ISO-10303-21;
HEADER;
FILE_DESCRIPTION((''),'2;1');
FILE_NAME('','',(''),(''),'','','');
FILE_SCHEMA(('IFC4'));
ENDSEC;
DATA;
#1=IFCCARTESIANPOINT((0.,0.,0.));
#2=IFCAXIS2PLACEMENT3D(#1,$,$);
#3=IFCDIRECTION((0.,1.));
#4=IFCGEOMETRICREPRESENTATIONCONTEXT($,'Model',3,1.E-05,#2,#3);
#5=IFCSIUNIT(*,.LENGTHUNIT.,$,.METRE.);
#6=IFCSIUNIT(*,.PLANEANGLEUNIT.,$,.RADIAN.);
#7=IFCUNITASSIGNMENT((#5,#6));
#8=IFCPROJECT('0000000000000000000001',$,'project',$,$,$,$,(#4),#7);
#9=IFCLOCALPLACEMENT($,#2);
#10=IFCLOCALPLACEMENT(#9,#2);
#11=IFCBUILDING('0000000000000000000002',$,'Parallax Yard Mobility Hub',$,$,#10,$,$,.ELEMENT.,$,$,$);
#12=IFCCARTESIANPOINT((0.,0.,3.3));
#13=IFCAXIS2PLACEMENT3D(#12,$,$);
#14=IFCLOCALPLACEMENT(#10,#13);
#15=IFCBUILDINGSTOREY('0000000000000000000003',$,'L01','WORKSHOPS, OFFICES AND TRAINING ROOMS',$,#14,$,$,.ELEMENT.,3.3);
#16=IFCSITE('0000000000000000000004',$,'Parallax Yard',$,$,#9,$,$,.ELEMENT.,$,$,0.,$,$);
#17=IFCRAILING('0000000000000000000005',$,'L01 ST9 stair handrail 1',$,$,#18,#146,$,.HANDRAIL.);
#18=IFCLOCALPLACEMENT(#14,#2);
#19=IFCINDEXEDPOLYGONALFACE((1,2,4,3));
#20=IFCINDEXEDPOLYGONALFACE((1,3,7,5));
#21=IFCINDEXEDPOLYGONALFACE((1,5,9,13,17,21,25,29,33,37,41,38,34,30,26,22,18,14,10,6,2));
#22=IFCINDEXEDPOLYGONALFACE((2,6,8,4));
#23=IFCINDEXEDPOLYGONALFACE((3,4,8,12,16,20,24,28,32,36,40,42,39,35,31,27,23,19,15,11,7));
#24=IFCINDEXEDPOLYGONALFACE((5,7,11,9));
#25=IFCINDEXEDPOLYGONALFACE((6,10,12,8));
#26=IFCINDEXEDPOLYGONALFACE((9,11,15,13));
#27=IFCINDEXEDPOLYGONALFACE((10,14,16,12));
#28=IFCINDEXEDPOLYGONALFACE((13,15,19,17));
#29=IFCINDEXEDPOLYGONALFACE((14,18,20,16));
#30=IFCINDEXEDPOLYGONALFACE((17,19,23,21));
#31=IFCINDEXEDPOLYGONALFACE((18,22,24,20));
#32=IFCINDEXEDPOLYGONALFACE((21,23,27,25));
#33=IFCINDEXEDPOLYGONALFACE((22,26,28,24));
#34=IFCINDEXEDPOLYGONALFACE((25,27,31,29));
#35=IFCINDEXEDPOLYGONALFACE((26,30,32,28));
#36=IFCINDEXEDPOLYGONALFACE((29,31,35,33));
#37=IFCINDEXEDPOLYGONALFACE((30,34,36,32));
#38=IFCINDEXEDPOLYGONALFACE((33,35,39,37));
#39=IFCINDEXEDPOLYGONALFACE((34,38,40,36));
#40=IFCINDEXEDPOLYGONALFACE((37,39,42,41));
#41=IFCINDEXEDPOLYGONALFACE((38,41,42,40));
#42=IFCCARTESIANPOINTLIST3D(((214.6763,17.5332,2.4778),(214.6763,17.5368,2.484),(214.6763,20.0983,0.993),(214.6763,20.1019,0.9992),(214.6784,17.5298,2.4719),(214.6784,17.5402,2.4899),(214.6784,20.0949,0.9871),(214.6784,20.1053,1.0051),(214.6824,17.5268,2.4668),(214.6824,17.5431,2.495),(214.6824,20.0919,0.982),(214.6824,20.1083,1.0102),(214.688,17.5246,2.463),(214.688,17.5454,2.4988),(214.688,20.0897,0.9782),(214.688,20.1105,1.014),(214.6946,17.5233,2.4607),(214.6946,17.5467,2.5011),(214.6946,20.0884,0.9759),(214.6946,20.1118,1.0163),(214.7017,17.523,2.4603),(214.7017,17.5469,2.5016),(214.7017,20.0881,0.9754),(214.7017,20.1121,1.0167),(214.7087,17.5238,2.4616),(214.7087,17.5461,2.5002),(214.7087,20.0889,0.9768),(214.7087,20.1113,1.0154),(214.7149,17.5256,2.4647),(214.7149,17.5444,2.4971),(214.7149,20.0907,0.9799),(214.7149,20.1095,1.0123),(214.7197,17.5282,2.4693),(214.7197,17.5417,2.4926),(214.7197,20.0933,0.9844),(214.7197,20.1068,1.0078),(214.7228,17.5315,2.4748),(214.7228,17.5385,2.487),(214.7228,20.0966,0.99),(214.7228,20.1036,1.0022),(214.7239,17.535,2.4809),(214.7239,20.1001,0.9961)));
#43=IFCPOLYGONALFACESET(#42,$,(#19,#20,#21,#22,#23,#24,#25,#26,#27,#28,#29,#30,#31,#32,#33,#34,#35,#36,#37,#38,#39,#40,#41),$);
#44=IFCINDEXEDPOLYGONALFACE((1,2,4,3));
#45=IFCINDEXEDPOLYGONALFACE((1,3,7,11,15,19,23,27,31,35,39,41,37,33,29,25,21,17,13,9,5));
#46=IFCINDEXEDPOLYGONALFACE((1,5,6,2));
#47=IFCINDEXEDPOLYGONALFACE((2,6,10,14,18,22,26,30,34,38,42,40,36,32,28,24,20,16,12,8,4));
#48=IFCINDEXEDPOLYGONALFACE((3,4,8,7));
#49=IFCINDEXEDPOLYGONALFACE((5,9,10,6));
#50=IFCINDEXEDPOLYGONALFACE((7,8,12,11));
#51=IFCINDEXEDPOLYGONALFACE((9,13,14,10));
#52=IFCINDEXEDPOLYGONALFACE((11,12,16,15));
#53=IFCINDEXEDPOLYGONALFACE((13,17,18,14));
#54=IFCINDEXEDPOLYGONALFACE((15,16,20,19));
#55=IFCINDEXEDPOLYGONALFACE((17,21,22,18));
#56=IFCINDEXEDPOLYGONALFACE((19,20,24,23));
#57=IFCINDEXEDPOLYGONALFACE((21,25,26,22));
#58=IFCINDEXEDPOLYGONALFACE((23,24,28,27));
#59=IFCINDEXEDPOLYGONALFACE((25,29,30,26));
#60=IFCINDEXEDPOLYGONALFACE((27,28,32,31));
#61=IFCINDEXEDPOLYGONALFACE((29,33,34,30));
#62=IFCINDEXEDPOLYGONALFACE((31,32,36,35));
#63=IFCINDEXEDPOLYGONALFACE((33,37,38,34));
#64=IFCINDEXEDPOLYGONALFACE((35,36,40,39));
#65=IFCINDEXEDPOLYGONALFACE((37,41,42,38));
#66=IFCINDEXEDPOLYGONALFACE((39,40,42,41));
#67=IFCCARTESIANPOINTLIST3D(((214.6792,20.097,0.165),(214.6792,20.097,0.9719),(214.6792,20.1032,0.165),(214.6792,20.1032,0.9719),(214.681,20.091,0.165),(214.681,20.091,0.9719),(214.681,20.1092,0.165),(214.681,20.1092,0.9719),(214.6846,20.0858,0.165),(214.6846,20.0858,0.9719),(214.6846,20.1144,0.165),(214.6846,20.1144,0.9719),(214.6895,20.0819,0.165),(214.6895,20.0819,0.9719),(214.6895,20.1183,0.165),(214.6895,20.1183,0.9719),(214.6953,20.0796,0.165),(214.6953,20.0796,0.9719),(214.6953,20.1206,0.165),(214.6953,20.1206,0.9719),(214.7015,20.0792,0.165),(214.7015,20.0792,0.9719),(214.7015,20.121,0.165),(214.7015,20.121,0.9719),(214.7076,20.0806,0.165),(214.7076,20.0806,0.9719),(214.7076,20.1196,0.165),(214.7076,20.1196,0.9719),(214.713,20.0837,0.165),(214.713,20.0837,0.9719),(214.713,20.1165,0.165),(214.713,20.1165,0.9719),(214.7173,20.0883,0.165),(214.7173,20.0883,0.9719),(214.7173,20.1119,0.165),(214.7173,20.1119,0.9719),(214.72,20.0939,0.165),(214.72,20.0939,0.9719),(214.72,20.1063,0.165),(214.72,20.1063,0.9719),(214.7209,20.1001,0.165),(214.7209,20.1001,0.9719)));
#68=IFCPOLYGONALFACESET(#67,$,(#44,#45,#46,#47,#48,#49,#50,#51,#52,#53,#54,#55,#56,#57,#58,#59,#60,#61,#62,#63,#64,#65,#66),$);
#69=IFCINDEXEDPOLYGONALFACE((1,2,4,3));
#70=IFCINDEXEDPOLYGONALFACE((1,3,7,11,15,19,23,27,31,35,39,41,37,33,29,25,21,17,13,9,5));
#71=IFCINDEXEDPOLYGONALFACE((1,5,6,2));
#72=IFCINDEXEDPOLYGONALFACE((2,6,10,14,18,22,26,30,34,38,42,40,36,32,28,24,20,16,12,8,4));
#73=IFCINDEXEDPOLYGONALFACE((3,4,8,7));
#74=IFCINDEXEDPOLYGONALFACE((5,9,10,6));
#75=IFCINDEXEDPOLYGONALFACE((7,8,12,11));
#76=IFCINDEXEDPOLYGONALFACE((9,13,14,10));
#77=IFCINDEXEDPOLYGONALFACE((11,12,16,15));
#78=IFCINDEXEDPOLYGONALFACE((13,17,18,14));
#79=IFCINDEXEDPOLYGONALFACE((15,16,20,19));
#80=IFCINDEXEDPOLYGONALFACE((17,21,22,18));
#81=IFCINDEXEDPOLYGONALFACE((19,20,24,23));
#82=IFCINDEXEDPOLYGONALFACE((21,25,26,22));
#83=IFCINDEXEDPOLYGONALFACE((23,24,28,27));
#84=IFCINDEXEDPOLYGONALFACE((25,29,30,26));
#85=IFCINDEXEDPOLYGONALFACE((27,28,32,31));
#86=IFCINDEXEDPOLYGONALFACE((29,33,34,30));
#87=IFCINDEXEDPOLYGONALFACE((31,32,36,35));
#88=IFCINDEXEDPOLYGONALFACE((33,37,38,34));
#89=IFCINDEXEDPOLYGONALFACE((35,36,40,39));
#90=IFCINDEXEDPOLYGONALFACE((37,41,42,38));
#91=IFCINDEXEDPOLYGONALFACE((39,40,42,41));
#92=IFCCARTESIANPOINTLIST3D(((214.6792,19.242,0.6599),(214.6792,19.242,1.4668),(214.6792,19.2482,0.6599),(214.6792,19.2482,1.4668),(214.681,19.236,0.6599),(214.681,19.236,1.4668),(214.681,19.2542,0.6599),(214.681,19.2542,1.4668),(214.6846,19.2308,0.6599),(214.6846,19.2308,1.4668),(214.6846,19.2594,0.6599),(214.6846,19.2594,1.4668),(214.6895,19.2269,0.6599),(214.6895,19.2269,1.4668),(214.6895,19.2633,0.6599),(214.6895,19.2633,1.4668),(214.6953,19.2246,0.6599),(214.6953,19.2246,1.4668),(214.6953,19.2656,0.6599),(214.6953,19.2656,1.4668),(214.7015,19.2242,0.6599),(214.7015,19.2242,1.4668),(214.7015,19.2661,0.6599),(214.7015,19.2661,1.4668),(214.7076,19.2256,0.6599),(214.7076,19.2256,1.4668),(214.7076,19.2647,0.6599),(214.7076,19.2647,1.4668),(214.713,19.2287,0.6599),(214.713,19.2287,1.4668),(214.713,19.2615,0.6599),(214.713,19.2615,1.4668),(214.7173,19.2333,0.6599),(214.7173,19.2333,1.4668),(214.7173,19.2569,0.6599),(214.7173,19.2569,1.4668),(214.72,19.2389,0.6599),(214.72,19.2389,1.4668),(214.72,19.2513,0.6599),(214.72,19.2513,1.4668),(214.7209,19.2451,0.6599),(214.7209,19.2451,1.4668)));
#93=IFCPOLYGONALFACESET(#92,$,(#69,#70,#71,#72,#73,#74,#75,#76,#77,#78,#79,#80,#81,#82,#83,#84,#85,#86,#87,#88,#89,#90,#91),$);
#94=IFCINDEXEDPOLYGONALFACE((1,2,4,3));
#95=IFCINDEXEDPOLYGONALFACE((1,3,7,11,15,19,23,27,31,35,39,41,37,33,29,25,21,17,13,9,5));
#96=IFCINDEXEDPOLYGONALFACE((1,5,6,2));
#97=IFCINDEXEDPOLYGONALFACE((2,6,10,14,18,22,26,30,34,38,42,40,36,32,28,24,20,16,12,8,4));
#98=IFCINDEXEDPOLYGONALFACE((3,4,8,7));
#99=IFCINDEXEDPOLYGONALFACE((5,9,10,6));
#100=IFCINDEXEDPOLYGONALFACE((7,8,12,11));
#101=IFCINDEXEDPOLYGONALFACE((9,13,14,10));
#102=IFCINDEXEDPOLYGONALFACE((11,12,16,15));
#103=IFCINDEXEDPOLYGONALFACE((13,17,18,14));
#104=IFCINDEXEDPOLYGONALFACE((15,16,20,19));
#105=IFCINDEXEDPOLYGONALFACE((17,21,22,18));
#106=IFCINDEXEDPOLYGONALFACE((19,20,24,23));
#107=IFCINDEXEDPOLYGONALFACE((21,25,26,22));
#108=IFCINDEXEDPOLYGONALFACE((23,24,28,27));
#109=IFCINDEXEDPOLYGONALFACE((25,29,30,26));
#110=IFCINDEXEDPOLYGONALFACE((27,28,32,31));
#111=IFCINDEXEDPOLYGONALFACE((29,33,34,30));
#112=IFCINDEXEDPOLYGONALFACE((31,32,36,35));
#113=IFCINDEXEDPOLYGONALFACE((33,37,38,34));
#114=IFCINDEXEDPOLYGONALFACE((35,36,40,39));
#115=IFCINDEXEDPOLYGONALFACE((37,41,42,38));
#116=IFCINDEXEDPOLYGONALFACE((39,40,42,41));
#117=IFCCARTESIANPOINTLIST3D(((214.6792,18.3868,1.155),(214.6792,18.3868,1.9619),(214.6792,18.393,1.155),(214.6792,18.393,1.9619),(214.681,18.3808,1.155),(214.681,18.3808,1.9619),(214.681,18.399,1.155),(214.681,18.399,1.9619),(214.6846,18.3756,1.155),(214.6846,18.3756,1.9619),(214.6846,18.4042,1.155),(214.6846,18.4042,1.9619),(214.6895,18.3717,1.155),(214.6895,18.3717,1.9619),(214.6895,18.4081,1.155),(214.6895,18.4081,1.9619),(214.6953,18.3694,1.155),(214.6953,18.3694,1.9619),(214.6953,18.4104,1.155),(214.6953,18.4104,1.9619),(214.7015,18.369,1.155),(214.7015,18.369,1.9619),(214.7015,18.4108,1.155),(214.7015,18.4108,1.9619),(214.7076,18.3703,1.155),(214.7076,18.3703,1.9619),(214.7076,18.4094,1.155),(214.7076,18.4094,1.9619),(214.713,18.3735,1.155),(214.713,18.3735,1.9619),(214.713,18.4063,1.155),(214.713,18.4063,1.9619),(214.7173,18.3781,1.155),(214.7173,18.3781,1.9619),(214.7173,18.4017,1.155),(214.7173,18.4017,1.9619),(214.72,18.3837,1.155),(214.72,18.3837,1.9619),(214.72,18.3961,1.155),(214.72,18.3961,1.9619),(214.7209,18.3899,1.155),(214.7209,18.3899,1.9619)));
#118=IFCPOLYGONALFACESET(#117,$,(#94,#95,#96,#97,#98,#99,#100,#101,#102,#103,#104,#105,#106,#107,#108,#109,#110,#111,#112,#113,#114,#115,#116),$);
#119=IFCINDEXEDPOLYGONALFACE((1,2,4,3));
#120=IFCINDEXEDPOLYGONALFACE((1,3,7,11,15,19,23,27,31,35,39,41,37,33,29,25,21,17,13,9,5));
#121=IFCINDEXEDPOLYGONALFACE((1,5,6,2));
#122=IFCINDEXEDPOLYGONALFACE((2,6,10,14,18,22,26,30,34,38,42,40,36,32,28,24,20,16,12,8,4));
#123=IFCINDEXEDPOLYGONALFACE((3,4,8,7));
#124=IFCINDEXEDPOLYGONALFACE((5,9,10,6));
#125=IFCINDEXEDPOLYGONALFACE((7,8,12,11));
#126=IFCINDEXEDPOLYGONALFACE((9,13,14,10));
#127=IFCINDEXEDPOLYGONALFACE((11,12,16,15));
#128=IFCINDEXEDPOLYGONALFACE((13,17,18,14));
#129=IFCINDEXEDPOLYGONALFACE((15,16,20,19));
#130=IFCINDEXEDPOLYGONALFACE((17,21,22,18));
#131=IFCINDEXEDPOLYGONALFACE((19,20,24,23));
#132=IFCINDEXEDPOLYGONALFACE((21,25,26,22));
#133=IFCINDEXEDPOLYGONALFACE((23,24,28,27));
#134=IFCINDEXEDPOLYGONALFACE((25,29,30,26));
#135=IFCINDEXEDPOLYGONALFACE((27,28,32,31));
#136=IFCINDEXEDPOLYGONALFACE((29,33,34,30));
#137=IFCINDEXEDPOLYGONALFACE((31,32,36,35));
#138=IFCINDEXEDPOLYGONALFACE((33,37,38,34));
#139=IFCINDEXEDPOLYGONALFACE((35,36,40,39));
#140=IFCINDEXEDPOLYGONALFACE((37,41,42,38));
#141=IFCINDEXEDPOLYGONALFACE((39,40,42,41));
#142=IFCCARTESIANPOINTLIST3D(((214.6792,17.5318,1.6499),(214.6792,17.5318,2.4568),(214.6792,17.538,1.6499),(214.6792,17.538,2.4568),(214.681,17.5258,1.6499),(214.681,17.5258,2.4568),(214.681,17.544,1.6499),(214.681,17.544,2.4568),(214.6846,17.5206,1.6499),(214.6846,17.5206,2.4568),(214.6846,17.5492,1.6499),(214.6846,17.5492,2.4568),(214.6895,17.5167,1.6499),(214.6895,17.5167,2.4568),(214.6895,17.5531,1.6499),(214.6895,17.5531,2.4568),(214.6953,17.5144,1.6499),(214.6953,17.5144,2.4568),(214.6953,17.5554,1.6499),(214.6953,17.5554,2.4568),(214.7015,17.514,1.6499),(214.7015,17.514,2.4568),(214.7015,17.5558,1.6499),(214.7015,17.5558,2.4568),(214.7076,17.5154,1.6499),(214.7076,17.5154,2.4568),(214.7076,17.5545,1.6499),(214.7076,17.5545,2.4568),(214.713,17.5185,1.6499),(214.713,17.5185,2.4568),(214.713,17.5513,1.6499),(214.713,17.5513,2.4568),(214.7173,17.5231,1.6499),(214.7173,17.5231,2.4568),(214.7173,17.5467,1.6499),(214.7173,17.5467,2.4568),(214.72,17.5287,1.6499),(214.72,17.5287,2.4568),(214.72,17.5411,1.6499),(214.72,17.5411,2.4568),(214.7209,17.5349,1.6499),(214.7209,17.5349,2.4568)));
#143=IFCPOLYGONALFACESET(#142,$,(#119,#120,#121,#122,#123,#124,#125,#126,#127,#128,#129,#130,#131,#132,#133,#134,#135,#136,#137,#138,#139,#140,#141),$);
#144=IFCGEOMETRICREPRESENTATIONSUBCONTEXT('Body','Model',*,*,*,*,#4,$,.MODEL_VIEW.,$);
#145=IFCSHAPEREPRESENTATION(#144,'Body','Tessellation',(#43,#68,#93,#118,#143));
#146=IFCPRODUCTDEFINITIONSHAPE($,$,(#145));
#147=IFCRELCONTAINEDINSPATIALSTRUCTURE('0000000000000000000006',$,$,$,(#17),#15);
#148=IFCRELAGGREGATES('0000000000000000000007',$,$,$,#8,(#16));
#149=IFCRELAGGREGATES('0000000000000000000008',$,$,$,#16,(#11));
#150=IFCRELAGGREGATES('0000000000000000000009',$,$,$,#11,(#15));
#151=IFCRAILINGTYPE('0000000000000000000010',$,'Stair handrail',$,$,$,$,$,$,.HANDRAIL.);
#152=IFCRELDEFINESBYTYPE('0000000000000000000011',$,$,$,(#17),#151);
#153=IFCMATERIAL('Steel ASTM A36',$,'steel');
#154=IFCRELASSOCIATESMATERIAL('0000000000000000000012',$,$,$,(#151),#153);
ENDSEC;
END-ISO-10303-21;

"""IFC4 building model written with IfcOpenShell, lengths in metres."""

from ifc_helpers import new_model, si_unit, direction, frame, origin, origin_2d, place, context, subcontext, project, spatial, circle, extrude, material, type_object, element, save


model = new_model("IFC4")

# Units and contexts
model_context = context("Model", 3, precision=1e-05, world=origin(), true_north=direction((0.0, 1.0)))
body_context = subcontext(model_context, "Body", "Model", "MODEL_VIEW")
ifc_project = project(units=[si_unit("LENGTHUNIT", "METRE"), si_unit("PLANEANGLEUNIT", "RADIAN")], contexts=[model_context])

# Site, building, storey
site_placement = place(None, origin())
site = spatial("IfcSite", under=ifc_project, at=site_placement, Name="Parallax Yard", CompositionType="ELEMENT", RefElevation=0.0)
building_placement = place(site_placement, origin())
building = spatial("IfcBuilding", under=site, at=building_placement, Name="Parallax Yard Mobility Hub", CompositionType="ELEMENT")
storey_placement = place(building_placement, frame((0.0, 0.0, 3.3)))
storey = spatial("IfcBuildingStorey", under=building, at=storey_placement, Name="L01", Description="WORKSHOPS, OFFICES AND TRAINING ROOMS", CompositionType="ELEMENT", Elevation=3.3)

# Railing
ifc_material_1 = material(Name="Steel ASTM A36", Category="steel")
railing_type_1 = type_object("IfcRailingType", Name="Stair handrail", PredefinedType="HANDRAIL", material=ifc_material_1)
railing_1_placement = place(storey_placement, frame((214.7, 20.1001, 0.165)))
element("IfcRailing", 1, at=railing_1_placement, inside=storey, type_object=railing_type_1, Name="L01 ST9 stair handrail 1", PredefinedType="HANDRAIL", context=body_context, shape_type="SweptSolid", body=[
    extrude(circle(Radius=0.0239, at=origin_2d()), frame((0.0, 0.0, 0.8311), z_axis=(0.0, -0.865462, 0.500975), x_axis=(1.0, 0.0, 0.0)), (0.0, 0.0, 1.0), 2.9639),
    extrude(circle(Radius=0.021, at=origin_2d()), origin(), (0.0, 0.0, 1.0), 0.8069),
    extrude(circle(Radius=0.021, at=origin_2d()), frame((0.0, -0.855, 0.4949)), (0.0, 0.0, 1.0), 0.8069),
    extrude(circle(Radius=0.021, at=origin_2d()), frame((0.0, -1.7102, 0.99)), (0.0, 0.0, 1.0), 0.8069),
    extrude(circle(Radius=0.021, at=origin_2d()), frame((0.0, -2.5652, 1.4849)), (0.0, 0.0, 1.0), 0.8069),
])

save(model, "model.ifc")
